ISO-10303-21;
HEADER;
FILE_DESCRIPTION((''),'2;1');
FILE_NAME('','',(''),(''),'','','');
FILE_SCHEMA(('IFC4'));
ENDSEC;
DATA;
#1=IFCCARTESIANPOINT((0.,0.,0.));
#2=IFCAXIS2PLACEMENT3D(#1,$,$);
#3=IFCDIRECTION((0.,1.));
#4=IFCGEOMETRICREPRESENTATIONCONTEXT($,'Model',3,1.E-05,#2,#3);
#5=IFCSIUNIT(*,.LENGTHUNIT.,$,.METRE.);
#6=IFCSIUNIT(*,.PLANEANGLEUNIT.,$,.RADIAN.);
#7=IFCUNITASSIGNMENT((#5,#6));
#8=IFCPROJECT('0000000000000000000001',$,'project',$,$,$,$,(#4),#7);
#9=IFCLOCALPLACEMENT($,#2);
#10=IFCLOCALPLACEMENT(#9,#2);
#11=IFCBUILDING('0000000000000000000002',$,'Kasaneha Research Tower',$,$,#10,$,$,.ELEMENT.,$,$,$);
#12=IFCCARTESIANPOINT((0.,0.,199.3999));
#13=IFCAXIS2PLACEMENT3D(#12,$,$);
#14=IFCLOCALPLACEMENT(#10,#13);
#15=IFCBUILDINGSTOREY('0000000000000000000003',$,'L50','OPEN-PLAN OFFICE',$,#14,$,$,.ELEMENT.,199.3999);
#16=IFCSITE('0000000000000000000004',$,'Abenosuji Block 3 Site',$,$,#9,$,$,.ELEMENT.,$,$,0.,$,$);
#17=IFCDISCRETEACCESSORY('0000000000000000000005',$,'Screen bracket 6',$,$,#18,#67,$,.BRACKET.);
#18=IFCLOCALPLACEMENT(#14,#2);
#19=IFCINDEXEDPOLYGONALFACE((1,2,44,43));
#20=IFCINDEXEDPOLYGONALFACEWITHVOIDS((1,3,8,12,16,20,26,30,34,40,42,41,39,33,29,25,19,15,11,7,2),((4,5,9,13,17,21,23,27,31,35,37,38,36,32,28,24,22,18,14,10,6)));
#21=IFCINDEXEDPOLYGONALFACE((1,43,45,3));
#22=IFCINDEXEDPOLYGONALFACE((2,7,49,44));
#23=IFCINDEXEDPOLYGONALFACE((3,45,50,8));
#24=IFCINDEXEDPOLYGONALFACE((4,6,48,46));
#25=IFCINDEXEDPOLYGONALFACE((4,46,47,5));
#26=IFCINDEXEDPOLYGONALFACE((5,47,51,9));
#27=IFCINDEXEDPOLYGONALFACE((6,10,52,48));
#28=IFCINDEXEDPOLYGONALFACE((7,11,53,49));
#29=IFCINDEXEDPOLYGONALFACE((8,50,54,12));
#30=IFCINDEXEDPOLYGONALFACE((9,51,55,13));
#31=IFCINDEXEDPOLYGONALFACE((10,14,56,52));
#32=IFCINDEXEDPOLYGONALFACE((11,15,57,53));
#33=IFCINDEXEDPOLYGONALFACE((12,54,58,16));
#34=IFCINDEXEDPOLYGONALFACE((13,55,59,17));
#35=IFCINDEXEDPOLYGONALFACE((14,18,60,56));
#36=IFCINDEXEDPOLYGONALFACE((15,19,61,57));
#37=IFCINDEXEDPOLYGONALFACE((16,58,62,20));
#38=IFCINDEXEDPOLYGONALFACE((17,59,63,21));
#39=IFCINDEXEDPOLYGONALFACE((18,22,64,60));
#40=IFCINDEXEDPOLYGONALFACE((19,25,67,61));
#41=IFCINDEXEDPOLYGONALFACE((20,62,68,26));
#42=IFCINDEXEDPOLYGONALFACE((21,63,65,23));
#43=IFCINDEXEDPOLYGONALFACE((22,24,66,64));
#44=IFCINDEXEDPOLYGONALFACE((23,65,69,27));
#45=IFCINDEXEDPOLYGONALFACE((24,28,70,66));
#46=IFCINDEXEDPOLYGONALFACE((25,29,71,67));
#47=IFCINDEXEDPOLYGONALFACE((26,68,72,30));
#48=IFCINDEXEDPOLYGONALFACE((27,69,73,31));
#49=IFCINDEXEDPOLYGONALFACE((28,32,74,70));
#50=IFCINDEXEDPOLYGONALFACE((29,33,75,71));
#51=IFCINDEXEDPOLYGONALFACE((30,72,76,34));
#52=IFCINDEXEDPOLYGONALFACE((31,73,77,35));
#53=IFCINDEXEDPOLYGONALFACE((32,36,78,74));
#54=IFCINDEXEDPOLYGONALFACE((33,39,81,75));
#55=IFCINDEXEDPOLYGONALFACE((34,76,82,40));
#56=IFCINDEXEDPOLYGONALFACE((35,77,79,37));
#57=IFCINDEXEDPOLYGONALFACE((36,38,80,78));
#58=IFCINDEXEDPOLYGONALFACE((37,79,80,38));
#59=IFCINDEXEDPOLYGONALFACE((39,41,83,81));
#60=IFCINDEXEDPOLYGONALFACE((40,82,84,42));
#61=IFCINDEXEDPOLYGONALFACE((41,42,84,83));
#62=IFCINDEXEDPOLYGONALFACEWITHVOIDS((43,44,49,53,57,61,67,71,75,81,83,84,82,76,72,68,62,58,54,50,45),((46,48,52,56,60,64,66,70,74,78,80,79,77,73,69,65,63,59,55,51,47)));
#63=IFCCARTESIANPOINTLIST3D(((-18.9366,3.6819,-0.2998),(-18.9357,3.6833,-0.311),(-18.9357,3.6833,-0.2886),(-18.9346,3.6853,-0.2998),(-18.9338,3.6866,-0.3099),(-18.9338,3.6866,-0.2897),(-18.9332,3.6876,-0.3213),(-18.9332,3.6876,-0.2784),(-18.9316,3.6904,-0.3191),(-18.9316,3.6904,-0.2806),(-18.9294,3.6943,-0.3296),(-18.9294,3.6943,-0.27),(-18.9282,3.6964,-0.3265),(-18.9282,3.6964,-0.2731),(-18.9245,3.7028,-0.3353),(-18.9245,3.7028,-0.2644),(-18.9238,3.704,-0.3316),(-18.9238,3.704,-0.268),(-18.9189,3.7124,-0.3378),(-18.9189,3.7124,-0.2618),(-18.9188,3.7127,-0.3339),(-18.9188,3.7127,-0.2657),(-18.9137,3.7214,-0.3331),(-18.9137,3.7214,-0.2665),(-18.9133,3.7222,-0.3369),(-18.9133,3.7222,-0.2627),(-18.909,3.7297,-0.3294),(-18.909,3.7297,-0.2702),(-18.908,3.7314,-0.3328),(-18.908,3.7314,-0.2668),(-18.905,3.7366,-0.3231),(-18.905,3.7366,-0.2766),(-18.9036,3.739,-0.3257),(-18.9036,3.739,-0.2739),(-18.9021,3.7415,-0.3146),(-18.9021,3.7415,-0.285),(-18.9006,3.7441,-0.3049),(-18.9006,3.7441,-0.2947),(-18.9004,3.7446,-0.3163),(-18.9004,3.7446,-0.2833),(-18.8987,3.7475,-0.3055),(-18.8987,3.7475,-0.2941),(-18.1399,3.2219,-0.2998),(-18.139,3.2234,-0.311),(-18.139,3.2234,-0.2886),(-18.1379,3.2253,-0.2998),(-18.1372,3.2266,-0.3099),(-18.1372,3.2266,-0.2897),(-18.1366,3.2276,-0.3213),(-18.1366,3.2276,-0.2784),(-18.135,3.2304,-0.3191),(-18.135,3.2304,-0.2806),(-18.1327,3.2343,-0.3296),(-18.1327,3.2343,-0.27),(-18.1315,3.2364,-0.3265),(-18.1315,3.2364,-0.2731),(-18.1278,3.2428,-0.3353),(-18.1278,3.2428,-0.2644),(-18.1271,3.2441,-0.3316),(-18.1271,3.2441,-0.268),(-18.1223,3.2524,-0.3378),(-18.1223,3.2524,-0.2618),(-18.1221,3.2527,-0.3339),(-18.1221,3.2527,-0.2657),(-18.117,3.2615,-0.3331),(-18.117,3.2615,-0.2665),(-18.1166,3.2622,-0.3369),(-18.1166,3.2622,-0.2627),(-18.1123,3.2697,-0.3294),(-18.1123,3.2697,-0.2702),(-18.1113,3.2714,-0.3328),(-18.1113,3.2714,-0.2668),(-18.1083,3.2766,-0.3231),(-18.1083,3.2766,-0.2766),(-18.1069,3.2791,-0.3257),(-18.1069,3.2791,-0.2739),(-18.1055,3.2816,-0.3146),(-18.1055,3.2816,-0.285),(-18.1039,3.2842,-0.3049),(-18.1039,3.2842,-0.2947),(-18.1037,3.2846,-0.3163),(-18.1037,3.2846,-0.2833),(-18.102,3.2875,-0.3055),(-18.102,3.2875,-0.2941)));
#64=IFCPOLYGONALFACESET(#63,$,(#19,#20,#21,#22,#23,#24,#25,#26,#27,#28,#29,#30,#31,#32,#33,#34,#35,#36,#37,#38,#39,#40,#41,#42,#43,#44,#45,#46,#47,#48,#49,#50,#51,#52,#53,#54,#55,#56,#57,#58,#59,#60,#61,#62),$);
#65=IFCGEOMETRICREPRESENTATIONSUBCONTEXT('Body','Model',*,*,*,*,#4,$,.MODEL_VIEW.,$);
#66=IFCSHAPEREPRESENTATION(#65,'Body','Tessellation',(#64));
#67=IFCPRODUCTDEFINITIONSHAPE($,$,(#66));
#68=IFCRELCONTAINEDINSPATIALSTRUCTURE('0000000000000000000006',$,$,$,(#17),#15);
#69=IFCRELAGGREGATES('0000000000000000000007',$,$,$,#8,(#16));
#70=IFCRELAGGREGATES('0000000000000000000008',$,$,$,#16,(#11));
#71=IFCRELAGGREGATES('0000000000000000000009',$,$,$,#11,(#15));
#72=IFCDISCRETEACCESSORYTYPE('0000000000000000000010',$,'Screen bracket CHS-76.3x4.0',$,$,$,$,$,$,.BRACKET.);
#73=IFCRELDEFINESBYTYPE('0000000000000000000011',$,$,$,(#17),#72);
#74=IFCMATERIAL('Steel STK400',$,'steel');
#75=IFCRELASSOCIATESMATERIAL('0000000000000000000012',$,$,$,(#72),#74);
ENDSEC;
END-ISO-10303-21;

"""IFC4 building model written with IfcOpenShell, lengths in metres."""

from ifc_helpers import new_model, si_unit, direction, frame, origin, origin_2d, place, context, subcontext, project, spatial, hollow_circle, extrude, material, material_profile, profile_set, type_object, element, save


model = new_model("IFC4")

# Units and contexts
model_context = context("Model", 3, precision=1e-05, world=origin(), true_north=direction((0.0, 1.0)))
body_context = subcontext(model_context, "Body", "Model", "MODEL_VIEW")
ifc_project = project(units=[si_unit("LENGTHUNIT", "METRE"), si_unit("PLANEANGLEUNIT", "RADIAN")], contexts=[model_context])

# Site, building, storey
site_placement = place(None, origin())
site = spatial("IfcSite", under=ifc_project, at=site_placement, Name="Abenosuji Block 3 Site", CompositionType="ELEMENT", RefElevation=0.0)
building_placement = place(site_placement, origin())
building = spatial("IfcBuilding", under=site, at=building_placement, Name="Kasaneha Research Tower", CompositionType="ELEMENT")
storey_placement = place(building_placement, frame((0.0, 0.0, 199.3999)))
storey = spatial("IfcBuildingStorey", under=building, at=storey_placement, Name="L50", Description="OPEN-PLAN OFFICE", CompositionType="ELEMENT", Elevation=199.3999)

# Discrete accessory
ifc_material_1 = material(Name="Steel STK400", Category="steel")
ifc_material_profile_1 = material_profile(ifc_material_1, hollow_circle(Radius=0.0381, WallThickness=0.0039, at=origin_2d()), Name="CHS-76.3x4.0")
ifc_profile_set_1 = profile_set([ifc_material_profile_1], Name="Steel STK400")
discrete_accessory_type = type_object("IfcDiscreteAccessoryType", Name="Screen bracket CHS-76.3x4.0", PredefinedType="BRACKET", material=ifc_profile_set_1)
for number, where, z_axis, x_axis, name in (
    (1, (-18.1208, 3.2549, -0.2998), (-0.866013, 0.500021, 0.0), (-0.500021, -0.866013, 0.0), "Screen bracket 6"),
):
    element("IfcDiscreteAccessory", number, at=place(storey_placement, frame(where, z_axis=z_axis, x_axis=x_axis)), inside=storey, type_object=discrete_accessory_type, Name=name, PredefinedType="BRACKET", context=body_context, shape_type="SweptSolid", body=[
        extrude(hollow_circle(Radius=0.0381, WallThickness=0.0039, at=origin_2d()), origin(), (0.0, 0.0, 1.0), 0.9199),
    ])

save(model, "model.ifc")
